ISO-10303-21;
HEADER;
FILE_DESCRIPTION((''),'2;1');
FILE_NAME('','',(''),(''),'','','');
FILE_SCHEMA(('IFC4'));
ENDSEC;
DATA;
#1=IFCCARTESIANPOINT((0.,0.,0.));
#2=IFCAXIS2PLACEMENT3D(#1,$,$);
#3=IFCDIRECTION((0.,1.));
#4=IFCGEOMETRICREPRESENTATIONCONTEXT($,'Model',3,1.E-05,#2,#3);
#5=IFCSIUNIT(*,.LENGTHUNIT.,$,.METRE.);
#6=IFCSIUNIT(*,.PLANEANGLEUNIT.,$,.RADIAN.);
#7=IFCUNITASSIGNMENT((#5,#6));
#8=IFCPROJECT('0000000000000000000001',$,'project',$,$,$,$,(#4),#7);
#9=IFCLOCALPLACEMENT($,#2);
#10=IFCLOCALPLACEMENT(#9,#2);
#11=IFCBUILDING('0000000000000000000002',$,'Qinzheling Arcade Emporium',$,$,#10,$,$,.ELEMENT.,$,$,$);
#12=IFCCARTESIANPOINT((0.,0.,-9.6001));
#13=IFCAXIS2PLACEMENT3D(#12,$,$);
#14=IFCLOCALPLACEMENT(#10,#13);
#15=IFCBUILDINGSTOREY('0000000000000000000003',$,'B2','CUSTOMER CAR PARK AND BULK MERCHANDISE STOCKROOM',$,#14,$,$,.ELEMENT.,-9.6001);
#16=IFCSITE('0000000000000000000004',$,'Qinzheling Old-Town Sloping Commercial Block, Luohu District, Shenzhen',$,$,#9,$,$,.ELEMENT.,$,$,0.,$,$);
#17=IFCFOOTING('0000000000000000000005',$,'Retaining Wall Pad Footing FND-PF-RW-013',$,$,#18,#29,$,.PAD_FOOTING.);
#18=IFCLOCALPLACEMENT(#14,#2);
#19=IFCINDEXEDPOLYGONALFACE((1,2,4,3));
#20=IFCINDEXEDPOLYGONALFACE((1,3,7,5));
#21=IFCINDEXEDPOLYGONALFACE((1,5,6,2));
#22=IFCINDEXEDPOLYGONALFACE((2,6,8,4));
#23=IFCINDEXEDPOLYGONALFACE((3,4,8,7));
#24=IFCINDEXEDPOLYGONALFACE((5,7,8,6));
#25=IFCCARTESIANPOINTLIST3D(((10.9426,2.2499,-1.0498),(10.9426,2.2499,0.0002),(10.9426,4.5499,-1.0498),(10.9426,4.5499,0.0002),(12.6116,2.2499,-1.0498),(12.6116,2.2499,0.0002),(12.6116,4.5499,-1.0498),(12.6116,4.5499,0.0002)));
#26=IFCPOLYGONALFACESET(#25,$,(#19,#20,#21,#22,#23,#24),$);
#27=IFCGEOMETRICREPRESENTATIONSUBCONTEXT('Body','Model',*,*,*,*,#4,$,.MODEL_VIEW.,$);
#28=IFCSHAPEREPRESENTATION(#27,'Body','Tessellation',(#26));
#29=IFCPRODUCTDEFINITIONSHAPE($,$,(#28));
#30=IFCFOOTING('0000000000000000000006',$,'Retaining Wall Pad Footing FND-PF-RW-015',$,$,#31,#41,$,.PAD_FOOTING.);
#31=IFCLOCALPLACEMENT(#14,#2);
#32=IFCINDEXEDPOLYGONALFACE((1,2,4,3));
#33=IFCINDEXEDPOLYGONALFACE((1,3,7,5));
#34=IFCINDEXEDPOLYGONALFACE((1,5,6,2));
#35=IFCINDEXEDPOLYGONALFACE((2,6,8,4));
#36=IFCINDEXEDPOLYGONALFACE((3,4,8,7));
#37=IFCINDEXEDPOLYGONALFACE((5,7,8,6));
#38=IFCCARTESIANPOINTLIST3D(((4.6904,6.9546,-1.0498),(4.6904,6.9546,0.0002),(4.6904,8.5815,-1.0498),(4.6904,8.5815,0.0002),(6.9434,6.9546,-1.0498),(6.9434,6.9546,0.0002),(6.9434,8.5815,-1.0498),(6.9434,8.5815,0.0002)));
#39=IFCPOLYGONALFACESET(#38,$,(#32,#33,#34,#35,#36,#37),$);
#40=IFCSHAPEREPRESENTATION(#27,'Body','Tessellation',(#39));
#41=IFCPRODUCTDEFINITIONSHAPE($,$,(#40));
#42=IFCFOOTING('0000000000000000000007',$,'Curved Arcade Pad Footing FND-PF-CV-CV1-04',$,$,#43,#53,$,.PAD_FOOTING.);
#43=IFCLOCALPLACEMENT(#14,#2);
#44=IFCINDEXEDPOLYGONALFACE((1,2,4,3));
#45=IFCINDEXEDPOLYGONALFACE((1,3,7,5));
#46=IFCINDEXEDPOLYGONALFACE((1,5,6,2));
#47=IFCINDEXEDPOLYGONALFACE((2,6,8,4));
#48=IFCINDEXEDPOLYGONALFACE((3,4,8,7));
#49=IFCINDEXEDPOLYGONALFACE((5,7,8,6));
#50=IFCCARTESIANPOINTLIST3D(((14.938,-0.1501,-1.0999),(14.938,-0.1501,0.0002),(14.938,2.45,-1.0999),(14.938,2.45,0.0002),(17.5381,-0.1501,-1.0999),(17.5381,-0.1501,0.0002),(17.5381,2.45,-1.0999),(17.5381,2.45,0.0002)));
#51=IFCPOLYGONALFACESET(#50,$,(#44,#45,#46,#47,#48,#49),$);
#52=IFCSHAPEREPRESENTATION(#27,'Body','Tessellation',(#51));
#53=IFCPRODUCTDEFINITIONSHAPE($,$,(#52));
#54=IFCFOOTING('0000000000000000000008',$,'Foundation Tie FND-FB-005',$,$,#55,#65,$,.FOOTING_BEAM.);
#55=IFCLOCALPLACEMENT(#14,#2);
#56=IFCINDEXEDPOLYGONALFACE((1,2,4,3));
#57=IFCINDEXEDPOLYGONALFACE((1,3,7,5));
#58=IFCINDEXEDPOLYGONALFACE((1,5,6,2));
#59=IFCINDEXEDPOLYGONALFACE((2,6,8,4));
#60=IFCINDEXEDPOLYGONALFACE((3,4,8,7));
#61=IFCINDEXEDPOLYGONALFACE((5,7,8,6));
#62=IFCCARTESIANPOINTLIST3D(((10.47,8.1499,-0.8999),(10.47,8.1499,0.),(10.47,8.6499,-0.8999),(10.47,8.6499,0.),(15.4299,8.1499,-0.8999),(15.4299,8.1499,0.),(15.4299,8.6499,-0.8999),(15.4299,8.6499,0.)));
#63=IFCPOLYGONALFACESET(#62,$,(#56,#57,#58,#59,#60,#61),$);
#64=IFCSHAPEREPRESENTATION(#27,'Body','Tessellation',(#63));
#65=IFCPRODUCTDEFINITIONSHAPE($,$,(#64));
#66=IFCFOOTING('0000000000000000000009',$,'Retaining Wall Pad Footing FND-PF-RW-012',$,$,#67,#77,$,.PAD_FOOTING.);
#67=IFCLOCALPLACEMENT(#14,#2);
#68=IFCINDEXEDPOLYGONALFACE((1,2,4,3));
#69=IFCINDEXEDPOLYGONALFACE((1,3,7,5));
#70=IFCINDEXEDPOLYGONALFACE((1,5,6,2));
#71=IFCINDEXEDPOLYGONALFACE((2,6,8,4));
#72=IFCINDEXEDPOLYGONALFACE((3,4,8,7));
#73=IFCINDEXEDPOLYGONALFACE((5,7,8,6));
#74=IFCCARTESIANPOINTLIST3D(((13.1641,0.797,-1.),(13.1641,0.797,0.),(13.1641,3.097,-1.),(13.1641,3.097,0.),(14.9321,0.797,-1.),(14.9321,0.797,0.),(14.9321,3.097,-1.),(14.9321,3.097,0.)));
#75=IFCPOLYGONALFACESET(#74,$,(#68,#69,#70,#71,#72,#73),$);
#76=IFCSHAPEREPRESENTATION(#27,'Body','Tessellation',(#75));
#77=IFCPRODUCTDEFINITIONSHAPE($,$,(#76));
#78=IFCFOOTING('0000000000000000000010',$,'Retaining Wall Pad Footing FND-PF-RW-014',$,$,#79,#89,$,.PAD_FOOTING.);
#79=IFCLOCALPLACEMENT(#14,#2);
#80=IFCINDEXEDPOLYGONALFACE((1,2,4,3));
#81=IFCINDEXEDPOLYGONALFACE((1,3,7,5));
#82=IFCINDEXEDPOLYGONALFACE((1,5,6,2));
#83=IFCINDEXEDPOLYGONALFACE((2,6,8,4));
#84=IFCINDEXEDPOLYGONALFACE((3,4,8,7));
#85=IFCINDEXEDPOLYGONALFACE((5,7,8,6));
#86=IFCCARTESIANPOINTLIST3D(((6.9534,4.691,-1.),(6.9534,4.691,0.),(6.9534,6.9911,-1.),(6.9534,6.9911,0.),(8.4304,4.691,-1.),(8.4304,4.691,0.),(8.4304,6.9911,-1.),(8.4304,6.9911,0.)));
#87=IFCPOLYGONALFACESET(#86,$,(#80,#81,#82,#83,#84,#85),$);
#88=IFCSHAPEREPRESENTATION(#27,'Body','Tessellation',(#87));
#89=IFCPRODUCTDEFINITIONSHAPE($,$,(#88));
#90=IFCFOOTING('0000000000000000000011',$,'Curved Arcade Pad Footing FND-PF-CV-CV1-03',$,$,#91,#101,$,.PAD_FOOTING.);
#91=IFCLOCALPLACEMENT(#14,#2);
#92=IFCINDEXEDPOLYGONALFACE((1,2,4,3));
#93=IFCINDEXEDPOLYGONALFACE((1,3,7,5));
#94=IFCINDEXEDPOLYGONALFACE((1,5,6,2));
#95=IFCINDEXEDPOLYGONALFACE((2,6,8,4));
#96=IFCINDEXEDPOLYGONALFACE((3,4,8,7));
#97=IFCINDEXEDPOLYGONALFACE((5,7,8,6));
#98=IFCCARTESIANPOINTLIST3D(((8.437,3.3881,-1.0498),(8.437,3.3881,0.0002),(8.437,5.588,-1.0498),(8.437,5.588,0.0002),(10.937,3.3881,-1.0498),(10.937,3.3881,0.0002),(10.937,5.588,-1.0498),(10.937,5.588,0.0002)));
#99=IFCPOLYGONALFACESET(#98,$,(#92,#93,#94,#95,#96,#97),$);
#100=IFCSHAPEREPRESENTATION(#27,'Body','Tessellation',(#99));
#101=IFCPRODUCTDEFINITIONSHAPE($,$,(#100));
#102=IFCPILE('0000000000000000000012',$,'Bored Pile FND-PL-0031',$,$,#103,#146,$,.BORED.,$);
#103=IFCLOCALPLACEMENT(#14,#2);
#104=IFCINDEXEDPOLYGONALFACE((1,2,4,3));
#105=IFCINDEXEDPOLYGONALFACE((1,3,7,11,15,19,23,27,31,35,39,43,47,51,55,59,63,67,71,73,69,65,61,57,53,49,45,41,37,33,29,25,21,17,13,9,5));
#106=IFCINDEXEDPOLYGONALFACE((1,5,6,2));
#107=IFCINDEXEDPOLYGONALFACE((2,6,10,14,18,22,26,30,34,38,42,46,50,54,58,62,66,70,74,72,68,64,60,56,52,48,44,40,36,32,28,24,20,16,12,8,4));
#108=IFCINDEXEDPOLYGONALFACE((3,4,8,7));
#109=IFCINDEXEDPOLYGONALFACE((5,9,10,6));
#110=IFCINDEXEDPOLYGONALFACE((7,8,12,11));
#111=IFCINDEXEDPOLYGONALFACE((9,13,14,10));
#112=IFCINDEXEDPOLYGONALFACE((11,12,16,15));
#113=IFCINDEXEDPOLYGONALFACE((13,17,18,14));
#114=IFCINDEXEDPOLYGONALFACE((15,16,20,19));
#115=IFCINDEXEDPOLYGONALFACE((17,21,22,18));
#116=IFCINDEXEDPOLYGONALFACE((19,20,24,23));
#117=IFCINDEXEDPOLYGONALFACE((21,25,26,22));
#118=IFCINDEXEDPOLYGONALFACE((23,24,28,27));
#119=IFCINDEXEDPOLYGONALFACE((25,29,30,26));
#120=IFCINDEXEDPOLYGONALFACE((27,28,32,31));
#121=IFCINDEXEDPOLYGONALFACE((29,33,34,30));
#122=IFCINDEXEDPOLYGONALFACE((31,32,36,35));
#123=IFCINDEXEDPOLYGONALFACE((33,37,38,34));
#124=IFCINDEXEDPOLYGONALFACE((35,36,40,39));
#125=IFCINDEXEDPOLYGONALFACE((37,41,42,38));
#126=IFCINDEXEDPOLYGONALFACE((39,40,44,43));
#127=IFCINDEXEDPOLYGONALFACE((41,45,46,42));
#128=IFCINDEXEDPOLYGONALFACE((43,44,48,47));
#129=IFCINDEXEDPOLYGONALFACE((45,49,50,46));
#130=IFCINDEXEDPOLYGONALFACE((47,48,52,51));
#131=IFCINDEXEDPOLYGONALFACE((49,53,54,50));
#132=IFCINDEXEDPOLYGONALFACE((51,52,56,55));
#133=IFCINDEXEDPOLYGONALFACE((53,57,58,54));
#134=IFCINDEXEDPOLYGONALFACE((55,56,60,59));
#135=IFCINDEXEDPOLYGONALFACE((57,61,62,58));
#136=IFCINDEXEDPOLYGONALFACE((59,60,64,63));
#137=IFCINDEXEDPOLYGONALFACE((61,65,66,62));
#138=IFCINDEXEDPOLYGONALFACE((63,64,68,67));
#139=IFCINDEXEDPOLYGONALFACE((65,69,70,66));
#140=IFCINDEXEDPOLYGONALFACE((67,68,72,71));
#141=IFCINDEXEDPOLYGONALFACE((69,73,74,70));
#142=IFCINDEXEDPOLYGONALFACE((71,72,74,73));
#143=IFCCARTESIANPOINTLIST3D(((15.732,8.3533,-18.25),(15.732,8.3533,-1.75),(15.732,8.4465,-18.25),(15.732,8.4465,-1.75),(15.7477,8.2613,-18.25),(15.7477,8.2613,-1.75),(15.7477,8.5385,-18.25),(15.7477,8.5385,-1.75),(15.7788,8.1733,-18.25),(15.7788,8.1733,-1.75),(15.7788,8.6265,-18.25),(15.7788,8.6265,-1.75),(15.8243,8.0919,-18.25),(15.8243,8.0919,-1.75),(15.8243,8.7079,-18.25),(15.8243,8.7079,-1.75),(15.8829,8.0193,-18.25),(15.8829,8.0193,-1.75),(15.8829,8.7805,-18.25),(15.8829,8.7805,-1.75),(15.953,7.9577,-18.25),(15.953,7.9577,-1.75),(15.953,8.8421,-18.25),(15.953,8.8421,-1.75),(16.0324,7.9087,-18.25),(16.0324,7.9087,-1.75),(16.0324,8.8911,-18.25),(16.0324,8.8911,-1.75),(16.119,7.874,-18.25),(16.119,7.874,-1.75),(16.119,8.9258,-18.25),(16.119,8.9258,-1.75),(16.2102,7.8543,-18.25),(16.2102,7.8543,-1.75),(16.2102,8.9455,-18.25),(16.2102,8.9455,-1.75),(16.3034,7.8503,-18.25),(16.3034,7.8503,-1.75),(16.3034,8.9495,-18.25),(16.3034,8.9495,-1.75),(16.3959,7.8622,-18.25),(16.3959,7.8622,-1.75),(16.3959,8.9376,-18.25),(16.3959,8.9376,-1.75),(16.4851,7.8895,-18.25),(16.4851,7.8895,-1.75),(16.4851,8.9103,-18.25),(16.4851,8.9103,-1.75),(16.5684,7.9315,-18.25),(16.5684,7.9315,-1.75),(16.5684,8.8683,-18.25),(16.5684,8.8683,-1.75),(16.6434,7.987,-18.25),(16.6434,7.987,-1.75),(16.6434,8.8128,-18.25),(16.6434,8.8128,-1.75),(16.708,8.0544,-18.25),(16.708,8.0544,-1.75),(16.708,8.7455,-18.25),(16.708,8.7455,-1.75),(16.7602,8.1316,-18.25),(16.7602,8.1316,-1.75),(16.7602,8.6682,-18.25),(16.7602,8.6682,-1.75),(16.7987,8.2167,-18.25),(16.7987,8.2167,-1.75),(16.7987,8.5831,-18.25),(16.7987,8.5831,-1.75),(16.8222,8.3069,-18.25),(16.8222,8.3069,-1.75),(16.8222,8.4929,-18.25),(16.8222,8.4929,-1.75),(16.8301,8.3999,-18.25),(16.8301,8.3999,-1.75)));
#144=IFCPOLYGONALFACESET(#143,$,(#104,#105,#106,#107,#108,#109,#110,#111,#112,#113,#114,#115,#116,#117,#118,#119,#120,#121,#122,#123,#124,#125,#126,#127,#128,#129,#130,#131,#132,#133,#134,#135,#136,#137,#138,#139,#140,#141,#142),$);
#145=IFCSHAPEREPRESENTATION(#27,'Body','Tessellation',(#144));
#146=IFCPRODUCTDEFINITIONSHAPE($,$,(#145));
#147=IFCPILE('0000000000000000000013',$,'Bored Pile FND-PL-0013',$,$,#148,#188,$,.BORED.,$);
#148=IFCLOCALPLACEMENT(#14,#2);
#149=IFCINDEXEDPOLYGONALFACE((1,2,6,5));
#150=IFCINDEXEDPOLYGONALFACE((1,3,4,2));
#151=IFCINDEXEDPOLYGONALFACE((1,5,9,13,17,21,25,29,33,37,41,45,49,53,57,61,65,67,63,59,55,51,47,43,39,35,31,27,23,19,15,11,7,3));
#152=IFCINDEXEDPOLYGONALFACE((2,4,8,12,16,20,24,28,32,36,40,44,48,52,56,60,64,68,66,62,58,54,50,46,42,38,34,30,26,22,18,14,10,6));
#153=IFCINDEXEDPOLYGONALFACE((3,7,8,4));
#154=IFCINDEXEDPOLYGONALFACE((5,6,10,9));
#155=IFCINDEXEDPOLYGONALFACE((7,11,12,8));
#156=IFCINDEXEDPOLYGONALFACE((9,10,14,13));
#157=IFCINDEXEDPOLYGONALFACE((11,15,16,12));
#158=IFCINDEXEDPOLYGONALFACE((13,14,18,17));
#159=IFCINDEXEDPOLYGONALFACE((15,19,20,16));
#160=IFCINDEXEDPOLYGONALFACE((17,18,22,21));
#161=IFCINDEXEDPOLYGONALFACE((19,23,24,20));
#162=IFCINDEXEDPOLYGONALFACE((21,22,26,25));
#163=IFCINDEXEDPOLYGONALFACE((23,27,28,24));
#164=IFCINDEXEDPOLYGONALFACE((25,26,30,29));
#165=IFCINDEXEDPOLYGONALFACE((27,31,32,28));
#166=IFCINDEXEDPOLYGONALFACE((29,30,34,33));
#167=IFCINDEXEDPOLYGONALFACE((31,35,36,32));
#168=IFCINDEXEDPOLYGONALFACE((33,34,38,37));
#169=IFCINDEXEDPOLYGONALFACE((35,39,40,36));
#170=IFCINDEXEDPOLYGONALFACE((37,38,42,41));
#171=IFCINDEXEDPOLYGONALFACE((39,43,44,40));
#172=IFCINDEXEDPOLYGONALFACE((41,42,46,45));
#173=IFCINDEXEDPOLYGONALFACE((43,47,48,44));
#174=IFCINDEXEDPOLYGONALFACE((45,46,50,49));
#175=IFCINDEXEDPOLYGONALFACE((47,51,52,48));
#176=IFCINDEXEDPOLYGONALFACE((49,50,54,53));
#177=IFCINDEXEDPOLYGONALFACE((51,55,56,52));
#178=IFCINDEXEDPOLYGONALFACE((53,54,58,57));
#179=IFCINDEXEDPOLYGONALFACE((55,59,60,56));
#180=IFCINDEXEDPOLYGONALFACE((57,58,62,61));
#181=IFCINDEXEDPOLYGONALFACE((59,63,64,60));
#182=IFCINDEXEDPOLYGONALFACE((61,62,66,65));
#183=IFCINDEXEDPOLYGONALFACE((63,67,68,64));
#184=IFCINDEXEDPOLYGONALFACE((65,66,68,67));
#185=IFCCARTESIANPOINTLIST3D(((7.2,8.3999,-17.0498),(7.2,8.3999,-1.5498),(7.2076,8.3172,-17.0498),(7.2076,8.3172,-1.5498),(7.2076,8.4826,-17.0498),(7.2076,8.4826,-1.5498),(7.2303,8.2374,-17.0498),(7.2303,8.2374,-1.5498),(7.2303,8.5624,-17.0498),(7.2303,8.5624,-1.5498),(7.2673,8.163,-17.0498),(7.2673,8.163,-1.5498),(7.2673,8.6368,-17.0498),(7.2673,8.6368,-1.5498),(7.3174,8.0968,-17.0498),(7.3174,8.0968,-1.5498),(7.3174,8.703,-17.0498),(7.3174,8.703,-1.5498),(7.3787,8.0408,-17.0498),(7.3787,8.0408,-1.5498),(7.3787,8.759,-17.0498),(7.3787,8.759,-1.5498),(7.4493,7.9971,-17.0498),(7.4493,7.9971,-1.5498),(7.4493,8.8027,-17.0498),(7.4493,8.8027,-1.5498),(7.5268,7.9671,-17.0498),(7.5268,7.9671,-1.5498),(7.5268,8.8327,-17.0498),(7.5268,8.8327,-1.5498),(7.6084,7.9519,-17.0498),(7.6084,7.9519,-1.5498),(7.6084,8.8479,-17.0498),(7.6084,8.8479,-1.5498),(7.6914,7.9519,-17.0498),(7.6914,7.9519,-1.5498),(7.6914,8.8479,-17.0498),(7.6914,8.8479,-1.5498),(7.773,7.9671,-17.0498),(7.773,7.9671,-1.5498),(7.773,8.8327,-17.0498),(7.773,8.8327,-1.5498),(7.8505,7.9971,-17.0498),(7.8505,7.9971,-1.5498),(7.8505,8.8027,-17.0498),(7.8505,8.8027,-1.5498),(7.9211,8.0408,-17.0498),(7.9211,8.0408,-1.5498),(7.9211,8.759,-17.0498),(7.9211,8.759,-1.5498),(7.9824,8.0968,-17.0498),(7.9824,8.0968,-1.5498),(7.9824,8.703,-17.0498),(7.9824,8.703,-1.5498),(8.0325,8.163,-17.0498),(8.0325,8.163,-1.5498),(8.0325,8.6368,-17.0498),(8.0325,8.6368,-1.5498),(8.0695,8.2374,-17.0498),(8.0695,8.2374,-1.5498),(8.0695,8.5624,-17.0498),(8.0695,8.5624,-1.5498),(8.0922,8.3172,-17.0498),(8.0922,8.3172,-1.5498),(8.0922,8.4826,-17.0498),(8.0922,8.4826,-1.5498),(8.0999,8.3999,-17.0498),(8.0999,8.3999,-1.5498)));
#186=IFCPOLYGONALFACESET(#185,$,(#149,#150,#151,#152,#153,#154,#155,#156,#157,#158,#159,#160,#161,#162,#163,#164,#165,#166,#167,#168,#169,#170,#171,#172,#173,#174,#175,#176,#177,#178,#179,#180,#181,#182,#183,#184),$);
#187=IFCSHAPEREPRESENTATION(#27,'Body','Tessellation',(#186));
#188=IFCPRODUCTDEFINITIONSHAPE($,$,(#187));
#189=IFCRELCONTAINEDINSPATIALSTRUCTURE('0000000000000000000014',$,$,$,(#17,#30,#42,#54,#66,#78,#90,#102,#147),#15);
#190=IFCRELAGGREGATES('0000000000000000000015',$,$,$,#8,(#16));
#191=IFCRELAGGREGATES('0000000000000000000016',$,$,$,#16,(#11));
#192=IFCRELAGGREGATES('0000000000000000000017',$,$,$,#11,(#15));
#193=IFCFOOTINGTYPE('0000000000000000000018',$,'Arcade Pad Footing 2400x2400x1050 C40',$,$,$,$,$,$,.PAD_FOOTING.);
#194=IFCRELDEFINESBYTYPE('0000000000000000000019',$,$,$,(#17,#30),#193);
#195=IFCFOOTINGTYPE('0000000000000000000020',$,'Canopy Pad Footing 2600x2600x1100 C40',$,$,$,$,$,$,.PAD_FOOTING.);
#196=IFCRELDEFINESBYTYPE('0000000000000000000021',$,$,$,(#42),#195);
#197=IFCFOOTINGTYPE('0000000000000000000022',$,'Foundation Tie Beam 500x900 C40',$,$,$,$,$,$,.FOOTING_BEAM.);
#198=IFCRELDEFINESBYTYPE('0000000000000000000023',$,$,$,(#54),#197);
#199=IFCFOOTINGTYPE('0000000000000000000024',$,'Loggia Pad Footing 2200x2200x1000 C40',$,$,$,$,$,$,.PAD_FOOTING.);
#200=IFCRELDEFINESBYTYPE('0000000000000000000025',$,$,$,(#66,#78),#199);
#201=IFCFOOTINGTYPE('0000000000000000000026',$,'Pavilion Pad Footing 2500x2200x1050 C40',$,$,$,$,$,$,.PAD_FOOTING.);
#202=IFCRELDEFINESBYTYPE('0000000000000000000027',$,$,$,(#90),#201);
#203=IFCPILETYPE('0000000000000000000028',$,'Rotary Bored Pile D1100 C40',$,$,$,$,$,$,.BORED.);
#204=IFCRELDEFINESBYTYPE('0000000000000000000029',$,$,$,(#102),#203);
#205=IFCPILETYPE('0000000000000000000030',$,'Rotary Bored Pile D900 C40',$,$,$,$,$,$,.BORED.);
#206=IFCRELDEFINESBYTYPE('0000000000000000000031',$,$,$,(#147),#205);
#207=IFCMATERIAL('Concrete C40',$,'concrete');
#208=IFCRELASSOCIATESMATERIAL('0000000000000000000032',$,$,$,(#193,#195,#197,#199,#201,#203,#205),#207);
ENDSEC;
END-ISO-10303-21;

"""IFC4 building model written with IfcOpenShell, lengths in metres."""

from ifc_helpers import new_model, si_unit, direction, frame, origin, origin_2d, place, context, subcontext, project, spatial, rectangle, circle, extrude, material, material_profile, profile_set, type_object, element, save


model = new_model("IFC4")

# Units and contexts
model_context = context("Model", 3, precision=1e-05, world=origin(), true_north=direction((0.0, 1.0)))
body_context = subcontext(model_context, "Body", "Model", "MODEL_VIEW")
ifc_project = project(units=[si_unit("LENGTHUNIT", "METRE"), si_unit("PLANEANGLEUNIT", "RADIAN")], contexts=[model_context])

# Site, building, storey
site_placement = place(None, origin())
site = spatial("IfcSite", under=ifc_project, at=site_placement, Name="Qinzheling Old-Town Sloping Commercial Block, Luohu District, Shenzhen", CompositionType="ELEMENT", RefElevation=0.0)
building_placement = place(site_placement, origin())
building = spatial("IfcBuilding", under=site, at=building_placement, Name="Qinzheling Arcade Emporium", CompositionType="ELEMENT")
storey_placement = place(building_placement, frame((0.0, 0.0, -9.6001)))
storey = spatial("IfcBuildingStorey", under=building, at=storey_placement, Name="B2", Description="CUSTOMER CAR PARK AND BULK MERCHANDISE STOCKROOM", CompositionType="ELEMENT", Elevation=-9.6001)

# Footings
ifc_material_1 = material(Name="Concrete C40", Category="concrete")
footing_type_1 = type_object("IfcFootingType", Name="Arcade Pad Footing 2400x2400x1050 C40", PredefinedType="PAD_FOOTING", material=ifc_material_1)
footing_1_placement = place(storey_placement, frame((11.7771, 3.3999, -1.0498), z_axis=(0.0, 0.0, 1.0), x_axis=(1.0, 0.0, 0.0)))
element("IfcFooting", 1, at=footing_1_placement, inside=storey, type_object=footing_type_1, Name="Retaining Wall Pad Footing FND-PF-RW-013", PredefinedType="PAD_FOOTING", context=body_context, shape_type="SweptSolid", body=[
    extrude(rectangle(XDim=1.6689, YDim=2.3, at=origin_2d()), origin(), (0.0, 0.0, 1.0), 1.05),
])
footing_2_placement = place(storey_placement, frame((5.8169, 7.7681, -1.0498), z_axis=(0.0, 0.0, 1.0), x_axis=(1.0, 0.0, 0.0)))
element("IfcFooting", 2, at=footing_2_placement, inside=storey, type_object=footing_type_1, Name="Retaining Wall Pad Footing FND-PF-RW-015", PredefinedType="PAD_FOOTING", context=body_context, shape_type="SweptSolid", body=[
    extrude(rectangle(XDim=2.2529, YDim=1.627, at=origin_2d()), origin(), (0.0, 0.0, 1.0), 1.05),
])
footing_type_2 = type_object("IfcFootingType", Name="Canopy Pad Footing 2600x2600x1100 C40", PredefinedType="PAD_FOOTING", material=ifc_material_1)
footing_3_placement = place(storey_placement, frame((16.238, 1.1499, -1.0999), z_axis=(0.0, 0.0, 1.0), x_axis=(1.0, 0.0, 0.0)))
element("IfcFooting", 3, at=footing_3_placement, inside=storey, type_object=footing_type_2, Name="Curved Arcade Pad Footing FND-PF-CV-CV1-04", PredefinedType="PAD_FOOTING", context=body_context, shape_type="SweptSolid", body=[
    extrude(rectangle(XDim=2.6001, YDim=2.6001, at=origin_2d()), origin(), (0.0, 0.0, 1.0), 1.1001),
])
footing_type_3 = type_object("IfcFootingType", Name="Foundation Tie Beam 500x900 C40", PredefinedType="FOOTING_BEAM", material=ifc_material_1)
footing_4_placement = place(storey_placement, frame((12.95, 8.3999, -0.8999), z_axis=(0.0, 0.0, 1.0), x_axis=(1.0, 0.0, 0.0)))
element("IfcFooting", 4, at=footing_4_placement, inside=storey, type_object=footing_type_3, Name="Foundation Tie FND-FB-005", PredefinedType="FOOTING_BEAM", context=body_context, shape_type="SweptSolid", body=[
    extrude(rectangle(XDim=4.96, YDim=0.5, at=origin_2d()), origin(), (0.0, 0.0, 1.0), 0.8999),
])
footing_type_4 = type_object("IfcFootingType", Name="Loggia Pad Footing 2200x2200x1000 C40", PredefinedType="PAD_FOOTING", material=ifc_material_1)
footing_5_placement = place(storey_placement, frame((14.0481, 1.947, -1.0), z_axis=(0.0, 0.0, 1.0), x_axis=(1.0, 0.0, 0.0)))
element("IfcFooting", 5, at=footing_5_placement, inside=storey, type_object=footing_type_4, Name="Retaining Wall Pad Footing FND-PF-RW-012", PredefinedType="PAD_FOOTING", context=body_context, shape_type="SweptSolid", body=[
    extrude(rectangle(XDim=1.7681, YDim=2.3, at=origin_2d()), origin(), (0.0, 0.0, 1.0), 1.0),
])
footing_6_placement = place(storey_placement, frame((7.6919, 5.8411, -1.0), z_axis=(0.0, 0.0, 1.0), x_axis=(1.0, 0.0, 0.0)))
element("IfcFooting", 6, at=footing_6_placement, inside=storey, type_object=footing_type_4, Name="Retaining Wall Pad Footing FND-PF-RW-014", PredefinedType="PAD_FOOTING", context=body_context, shape_type="SweptSolid", body=[
    extrude(rectangle(XDim=1.4771, YDim=2.3, at=origin_2d()), origin(), (0.0, 0.0, 1.0), 1.0),
])
footing_type_5 = type_object("IfcFootingType", Name="Pavilion Pad Footing 2500x2200x1050 C40", PredefinedType="PAD_FOOTING", material=ifc_material_1)
footing_7_placement = place(storey_placement, frame((9.687, 4.488, -1.0498), z_axis=(0.0, 0.0, 1.0), x_axis=(1.0, 0.0, 0.0)))
element("IfcFooting", 7, at=footing_7_placement, inside=storey, type_object=footing_type_5, Name="Curved Arcade Pad Footing FND-PF-CV-CV1-03", PredefinedType="PAD_FOOTING", context=body_context, shape_type="SweptSolid", body=[
    extrude(rectangle(XDim=2.5, YDim=2.2, at=origin_2d()), origin(), (0.0, 0.0, 1.0), 1.05),
])

# Piles
ifc_material_profile_1 = material_profile(ifc_material_1, circle(Radius=0.55, at=origin_2d()), Name="BORED D1100", Category="concrete")
ifc_profile_set_1 = profile_set([ifc_material_profile_1], Name="Concrete C40")
pile_type_1 = type_object("IfcPileType", Name="Rotary Bored Pile D1100 C40", PredefinedType="BORED", material=ifc_profile_set_1)
pile_placement = place(storey_placement, frame((16.28, 8.3999, -1.75), z_axis=(0.0, 0.0, -1.0), x_axis=(1.0, 0.0, 0.0)))
element("IfcPile", 8, at=pile_placement, inside=storey, type_object=pile_type_1, Name="Bored Pile FND-PL-0031", PredefinedType="BORED", context=body_context, shape_type="SweptSolid", body=[
    extrude(circle(Radius=0.55, at=origin_2d()), origin(), (0.0, 0.0, 1.0), 16.5),
])
ifc_material_profile_2 = material_profile(ifc_material_1, circle(Radius=0.45, at=origin_2d()), Name="BORED D900", Category="concrete")
ifc_profile_set_2 = profile_set([ifc_material_profile_2], Name="Concrete C40")
pile_type_2 = type_object("IfcPileType", Name="Rotary Bored Pile D900 C40", PredefinedType="BORED", material=ifc_profile_set_2)
for number, where, z_axis, x_axis, name in (
    (9, (7.6499, 8.3999, -1.5498), (0.0, 0.0, -1.0), (1.0, 0.0, 0.0), "Bored Pile FND-PL-0013"),
):
    element("IfcPile", number, at=place(storey_placement, frame(where, z_axis=z_axis, x_axis=x_axis)), inside=storey, type_object=pile_type_2, Name=name, PredefinedType="BORED", context=body_context, shape_type="SweptSolid", body=[
        extrude(circle(Radius=0.45, at=origin_2d()), origin(), (0.0, 0.0, 1.0), 15.5),
    ])

save(model, "model.ifc")
